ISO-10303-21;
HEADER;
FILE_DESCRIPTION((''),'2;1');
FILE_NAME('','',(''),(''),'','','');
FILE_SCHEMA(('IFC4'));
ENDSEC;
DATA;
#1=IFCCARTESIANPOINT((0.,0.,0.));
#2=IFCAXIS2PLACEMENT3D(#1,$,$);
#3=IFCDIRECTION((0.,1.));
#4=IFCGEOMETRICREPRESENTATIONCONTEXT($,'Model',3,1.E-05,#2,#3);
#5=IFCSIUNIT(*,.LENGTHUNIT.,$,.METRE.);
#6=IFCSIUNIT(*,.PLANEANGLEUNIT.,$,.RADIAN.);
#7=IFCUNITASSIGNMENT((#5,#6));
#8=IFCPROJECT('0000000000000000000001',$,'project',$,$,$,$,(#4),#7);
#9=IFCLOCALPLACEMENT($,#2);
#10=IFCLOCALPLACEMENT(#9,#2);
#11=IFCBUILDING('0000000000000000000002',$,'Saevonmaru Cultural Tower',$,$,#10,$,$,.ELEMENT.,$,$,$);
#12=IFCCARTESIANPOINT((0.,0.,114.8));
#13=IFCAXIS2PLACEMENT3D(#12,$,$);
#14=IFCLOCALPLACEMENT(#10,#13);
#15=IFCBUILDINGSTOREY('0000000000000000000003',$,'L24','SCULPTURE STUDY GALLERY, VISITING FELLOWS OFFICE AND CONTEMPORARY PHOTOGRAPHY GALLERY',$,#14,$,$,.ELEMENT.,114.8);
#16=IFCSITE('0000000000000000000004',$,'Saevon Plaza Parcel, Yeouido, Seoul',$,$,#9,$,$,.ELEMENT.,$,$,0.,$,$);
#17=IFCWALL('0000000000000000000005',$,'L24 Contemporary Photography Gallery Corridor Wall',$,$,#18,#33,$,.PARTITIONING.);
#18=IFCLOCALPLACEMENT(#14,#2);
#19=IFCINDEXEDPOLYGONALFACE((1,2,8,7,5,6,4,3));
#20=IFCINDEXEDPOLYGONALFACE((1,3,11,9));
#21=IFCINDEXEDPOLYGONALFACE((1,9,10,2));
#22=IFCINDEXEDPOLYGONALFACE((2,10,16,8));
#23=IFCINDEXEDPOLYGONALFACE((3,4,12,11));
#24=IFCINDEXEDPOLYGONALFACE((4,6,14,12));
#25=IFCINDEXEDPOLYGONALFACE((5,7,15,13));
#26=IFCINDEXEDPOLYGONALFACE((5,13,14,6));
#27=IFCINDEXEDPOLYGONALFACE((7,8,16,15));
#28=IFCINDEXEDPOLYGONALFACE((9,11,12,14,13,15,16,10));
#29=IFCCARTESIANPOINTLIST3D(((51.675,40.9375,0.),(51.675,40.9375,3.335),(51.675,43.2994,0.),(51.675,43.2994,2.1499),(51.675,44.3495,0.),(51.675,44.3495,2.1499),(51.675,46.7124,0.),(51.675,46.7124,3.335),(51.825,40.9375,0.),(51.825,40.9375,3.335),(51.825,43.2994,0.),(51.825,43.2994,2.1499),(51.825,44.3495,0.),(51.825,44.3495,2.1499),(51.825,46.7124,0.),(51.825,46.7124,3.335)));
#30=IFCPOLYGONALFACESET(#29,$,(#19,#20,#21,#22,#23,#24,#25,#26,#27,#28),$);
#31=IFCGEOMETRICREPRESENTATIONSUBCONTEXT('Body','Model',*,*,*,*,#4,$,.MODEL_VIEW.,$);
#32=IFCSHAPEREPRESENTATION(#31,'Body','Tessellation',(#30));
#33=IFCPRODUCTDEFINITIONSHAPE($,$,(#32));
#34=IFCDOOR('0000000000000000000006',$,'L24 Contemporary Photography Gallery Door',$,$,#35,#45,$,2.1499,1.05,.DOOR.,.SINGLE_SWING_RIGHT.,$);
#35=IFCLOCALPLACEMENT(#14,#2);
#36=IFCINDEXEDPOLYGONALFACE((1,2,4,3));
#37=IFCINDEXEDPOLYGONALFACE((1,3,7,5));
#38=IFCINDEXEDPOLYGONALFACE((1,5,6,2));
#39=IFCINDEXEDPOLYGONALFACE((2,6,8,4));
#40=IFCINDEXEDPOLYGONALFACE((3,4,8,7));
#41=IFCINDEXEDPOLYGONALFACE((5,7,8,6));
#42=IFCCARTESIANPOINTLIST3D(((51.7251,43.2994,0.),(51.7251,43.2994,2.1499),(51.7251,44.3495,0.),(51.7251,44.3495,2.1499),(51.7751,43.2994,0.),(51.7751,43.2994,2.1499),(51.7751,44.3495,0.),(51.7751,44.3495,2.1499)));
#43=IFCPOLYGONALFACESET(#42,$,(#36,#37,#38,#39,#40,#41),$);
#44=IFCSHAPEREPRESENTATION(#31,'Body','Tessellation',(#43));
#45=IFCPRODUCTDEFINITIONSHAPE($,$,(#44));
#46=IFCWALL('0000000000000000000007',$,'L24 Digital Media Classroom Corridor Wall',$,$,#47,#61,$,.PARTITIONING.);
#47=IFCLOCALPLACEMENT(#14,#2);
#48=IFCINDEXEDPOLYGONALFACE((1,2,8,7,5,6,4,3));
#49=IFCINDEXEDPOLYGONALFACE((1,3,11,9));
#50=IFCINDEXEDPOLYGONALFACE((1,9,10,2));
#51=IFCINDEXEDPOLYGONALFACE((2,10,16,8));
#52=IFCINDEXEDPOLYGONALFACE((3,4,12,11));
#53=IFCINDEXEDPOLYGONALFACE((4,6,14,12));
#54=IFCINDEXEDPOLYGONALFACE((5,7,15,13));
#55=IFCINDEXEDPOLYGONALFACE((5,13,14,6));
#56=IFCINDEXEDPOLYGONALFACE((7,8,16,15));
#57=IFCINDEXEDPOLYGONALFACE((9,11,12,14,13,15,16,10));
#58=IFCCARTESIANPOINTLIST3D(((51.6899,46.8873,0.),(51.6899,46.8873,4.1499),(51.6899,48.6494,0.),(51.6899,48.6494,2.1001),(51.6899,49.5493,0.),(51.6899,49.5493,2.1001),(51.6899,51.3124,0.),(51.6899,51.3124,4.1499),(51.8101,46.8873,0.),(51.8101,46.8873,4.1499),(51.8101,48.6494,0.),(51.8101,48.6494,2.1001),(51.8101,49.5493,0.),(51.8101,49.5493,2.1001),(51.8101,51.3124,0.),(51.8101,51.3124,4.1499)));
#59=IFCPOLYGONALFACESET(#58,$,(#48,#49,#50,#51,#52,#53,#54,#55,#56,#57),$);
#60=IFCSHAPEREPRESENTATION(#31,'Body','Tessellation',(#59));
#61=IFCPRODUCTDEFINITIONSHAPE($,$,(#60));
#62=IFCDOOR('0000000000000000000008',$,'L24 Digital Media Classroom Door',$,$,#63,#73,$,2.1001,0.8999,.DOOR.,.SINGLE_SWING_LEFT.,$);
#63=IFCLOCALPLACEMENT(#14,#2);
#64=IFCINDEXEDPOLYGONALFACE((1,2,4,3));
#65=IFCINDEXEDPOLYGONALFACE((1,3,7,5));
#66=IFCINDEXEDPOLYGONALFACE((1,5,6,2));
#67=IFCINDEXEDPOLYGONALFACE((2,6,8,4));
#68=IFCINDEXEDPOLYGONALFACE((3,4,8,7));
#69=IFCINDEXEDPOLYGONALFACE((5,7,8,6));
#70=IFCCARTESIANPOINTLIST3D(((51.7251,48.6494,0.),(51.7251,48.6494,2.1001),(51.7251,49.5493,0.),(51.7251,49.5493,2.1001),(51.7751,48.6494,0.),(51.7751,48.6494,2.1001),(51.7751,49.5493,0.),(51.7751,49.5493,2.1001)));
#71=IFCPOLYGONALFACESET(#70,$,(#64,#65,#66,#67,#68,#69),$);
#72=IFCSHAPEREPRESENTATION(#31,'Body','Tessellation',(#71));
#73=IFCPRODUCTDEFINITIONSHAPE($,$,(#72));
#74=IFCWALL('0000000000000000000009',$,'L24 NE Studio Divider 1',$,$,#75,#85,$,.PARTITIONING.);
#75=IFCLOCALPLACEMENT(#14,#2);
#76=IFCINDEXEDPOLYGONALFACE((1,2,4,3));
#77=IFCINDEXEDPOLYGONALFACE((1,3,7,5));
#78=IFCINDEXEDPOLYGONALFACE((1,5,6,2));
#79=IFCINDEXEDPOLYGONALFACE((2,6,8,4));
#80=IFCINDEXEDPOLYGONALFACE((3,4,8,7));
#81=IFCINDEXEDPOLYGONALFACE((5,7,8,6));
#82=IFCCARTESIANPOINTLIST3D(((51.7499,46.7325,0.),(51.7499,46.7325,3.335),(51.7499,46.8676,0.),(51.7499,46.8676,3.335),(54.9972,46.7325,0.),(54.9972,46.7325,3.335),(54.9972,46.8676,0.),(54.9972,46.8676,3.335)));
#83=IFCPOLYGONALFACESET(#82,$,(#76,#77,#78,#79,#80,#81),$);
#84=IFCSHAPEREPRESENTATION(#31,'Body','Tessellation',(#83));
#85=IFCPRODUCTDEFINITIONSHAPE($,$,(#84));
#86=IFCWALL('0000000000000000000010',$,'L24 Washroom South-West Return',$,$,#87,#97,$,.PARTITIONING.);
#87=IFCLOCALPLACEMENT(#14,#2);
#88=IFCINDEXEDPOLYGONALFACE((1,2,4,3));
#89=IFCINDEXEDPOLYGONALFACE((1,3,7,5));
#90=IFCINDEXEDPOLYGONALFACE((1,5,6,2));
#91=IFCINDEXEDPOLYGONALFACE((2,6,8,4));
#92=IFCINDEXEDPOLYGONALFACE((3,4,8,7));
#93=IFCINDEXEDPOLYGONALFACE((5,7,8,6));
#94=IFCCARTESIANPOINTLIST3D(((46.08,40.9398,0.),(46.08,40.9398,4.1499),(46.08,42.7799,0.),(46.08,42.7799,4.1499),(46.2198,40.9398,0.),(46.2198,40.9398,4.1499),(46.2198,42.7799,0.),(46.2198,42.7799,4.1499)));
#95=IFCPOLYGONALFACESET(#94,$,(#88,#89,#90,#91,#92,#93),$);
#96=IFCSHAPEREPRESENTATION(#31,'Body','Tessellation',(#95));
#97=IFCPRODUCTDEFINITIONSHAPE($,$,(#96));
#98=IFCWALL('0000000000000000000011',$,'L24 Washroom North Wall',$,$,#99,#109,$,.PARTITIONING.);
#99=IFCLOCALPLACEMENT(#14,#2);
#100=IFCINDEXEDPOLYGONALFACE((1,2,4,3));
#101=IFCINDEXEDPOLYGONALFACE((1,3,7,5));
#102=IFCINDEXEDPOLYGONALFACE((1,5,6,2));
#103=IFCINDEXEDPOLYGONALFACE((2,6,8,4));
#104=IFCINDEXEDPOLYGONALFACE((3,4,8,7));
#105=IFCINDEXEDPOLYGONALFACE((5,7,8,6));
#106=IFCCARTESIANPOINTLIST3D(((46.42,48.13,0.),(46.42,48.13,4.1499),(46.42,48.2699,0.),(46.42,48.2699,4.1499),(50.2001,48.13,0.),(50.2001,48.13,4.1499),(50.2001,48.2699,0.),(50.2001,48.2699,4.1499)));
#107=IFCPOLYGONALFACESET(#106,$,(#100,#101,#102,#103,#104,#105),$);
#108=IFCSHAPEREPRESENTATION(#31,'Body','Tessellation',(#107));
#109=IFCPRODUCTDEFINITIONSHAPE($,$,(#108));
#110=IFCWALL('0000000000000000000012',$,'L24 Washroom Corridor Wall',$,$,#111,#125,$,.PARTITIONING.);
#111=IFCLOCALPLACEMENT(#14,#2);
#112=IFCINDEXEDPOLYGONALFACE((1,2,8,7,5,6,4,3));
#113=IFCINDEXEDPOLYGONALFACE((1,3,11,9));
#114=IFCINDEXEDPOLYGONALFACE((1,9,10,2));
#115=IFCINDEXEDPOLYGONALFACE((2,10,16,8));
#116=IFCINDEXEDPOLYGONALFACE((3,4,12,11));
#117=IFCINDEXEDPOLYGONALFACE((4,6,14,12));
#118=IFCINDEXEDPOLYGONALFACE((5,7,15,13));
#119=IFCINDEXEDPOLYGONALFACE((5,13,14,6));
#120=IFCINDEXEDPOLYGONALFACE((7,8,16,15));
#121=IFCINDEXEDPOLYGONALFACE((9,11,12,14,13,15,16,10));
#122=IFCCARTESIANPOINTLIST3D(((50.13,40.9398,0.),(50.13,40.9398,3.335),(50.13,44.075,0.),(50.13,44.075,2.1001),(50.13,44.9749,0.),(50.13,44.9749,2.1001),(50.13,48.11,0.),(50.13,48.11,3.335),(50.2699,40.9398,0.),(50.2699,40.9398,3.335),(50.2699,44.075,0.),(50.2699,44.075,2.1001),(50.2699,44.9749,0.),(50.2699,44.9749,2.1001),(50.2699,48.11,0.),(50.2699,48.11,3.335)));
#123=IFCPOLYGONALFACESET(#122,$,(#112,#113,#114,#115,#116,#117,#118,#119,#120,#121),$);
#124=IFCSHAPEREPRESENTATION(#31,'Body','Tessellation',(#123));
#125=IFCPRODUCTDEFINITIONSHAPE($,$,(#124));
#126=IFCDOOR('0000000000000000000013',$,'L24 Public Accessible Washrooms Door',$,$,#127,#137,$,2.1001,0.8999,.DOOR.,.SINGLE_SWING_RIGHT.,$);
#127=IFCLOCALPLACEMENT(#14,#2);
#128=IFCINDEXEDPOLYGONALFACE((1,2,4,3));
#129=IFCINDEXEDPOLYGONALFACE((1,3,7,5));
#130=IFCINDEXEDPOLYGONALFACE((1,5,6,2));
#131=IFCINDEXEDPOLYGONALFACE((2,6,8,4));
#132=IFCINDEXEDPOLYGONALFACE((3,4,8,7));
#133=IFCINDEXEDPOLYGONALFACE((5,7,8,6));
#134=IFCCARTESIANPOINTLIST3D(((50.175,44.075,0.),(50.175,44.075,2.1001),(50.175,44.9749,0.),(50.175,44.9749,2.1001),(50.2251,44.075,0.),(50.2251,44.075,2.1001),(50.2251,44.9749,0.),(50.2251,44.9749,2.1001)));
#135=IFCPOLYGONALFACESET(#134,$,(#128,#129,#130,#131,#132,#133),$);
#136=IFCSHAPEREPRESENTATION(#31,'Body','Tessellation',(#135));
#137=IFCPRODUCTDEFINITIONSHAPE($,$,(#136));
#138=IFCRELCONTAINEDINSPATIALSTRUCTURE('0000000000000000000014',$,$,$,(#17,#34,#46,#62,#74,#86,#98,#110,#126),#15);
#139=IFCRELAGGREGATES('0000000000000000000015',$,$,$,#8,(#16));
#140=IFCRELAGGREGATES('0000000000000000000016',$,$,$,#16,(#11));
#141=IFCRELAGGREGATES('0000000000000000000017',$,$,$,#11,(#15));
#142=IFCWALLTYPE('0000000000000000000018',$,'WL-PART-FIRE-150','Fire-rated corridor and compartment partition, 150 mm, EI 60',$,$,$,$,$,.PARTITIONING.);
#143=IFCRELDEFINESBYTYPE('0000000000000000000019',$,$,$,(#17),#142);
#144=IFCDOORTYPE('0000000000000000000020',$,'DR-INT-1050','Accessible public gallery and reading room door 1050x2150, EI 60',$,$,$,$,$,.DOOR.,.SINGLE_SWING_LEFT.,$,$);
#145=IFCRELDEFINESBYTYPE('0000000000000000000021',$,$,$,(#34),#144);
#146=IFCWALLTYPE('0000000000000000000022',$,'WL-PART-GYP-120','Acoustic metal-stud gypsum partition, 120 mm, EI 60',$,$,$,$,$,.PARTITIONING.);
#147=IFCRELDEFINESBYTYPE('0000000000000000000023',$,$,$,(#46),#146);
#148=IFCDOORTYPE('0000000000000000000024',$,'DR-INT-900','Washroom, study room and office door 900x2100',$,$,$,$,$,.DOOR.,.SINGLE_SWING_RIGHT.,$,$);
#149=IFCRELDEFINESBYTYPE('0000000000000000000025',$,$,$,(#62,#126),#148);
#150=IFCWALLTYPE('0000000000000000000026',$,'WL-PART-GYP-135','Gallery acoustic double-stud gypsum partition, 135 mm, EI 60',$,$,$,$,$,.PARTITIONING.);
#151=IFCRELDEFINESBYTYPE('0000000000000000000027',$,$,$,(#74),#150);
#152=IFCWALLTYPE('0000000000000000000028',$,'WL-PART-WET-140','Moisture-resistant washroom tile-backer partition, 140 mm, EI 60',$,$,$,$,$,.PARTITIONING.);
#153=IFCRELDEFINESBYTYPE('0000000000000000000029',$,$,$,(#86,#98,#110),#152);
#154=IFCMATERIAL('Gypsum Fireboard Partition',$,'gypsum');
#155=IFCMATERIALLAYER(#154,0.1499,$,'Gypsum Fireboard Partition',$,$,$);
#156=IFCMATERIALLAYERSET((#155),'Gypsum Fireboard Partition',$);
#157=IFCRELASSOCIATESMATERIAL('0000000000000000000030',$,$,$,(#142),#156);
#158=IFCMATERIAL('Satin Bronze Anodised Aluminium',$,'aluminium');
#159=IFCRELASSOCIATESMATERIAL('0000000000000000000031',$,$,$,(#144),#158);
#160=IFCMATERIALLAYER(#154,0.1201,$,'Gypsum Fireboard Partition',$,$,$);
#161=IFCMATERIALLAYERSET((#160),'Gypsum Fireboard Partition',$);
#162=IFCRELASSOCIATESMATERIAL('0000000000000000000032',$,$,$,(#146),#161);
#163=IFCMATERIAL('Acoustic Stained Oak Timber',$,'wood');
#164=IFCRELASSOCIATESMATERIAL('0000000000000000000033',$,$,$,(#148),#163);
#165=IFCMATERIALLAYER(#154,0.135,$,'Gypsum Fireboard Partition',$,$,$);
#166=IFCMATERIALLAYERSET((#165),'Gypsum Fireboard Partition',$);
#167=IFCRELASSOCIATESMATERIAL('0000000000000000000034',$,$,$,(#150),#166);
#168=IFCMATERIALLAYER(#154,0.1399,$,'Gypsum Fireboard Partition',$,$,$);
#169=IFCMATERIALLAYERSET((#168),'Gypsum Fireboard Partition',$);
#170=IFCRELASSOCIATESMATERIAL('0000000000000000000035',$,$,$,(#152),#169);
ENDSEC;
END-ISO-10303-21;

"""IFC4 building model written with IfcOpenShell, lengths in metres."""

from ifc_helpers import new_model, si_unit, direction, frame, frame_2d, origin, place, context, subcontext, project, spatial, rectangle, extrude, material, layer, layer_set, type_object, element, fill, save


model = new_model("IFC4")

# Units and contexts
model_context = context("Model", 3, precision=1e-05, world=origin(), true_north=direction((0.0, 1.0)))
body_context = subcontext(model_context, "Body", "Model", "MODEL_VIEW")
ifc_project = project(units=[si_unit("LENGTHUNIT", "METRE"), si_unit("PLANEANGLEUNIT", "RADIAN")], contexts=[model_context])

# Site, building, storey
site_placement = place(None, origin())
site = spatial("IfcSite", under=ifc_project, at=site_placement, Name="Saevon Plaza Parcel, Yeouido, Seoul", CompositionType="ELEMENT", RefElevation=0.0)
building_placement = place(site_placement, origin())
building = spatial("IfcBuilding", under=site, at=building_placement, Name="Saevonmaru Cultural Tower", CompositionType="ELEMENT")
storey_placement = place(building_placement, frame((0.0, 0.0, 114.8)))
storey = spatial("IfcBuildingStorey", under=building, at=storey_placement, Name="L24", Description="SCULPTURE STUDY GALLERY, VISITING FELLOWS OFFICE AND CONTEMPORARY PHOTOGRAPHY GALLERY", CompositionType="ELEMENT", Elevation=114.8)

# Shared definitions
ifc_material_1 = material(Name="Satin Bronze Anodised Aluminium", Category="aluminium")

# Walls, openings, doors
ifc_material_2 = material(Name="Gypsum Fireboard Partition", Category="gypsum")
ifc_layer_1 = layer(ifc_material_2, 0.1499, Name="Gypsum Fireboard Partition")
ifc_layer_set_1 = layer_set([ifc_layer_1], Name="Gypsum Fireboard Partition")
wall_type_1 = type_object("IfcWallType", Name="WL-PART-FIRE-150", Description="Fire-rated corridor and compartment partition, 150 mm, EI 60", PredefinedType="PARTITIONING", material=ifc_layer_set_1)
wall_1_placement = place(storey_placement, frame((51.75, 40.9375, 0.0), z_axis=(0.0, 0.0, 1.0), x_axis=(0.0, 1.0, 0.0)))
wall_1 = element("IfcWall", 1, at=wall_1_placement, inside=storey, type_object=wall_type_1, Name="L24 Contemporary Photography Gallery Corridor Wall", PredefinedType="PARTITIONING", context=body_context, shape_type="SweptSolid", body=[
    extrude(rectangle(XDim=5.7749, YDim=0.1499, at=frame_2d((2.8875, 0.0))), origin(), (0.0, 0.0, 1.0), 3.335),
])
opening_1_placement = place(wall_1_placement, frame((2.3621, 0.0, 0.0)))
opening_1 = element("IfcOpeningElement", 2, at=opening_1_placement, cuts=wall_1, PredefinedType="OPENING", context=body_context, shape_type="SweptSolid", body=[
    extrude(rectangle(XDim=1.05, YDim=2.1499, at=frame_2d((0.5249, 1.075))), frame((0.0, 0.085, 0.0), z_axis=(0.0, -1.0, 0.0), x_axis=(1.0, 0.0, 0.0)), (0.0, 0.0, 1.0), 0.1699),
])
door_type_1 = type_object("IfcDoorType", Name="DR-INT-1050", Description="Accessible public gallery and reading room door 1050x2150, EI 60", OperationType="SINGLE_SWING_LEFT", PredefinedType="DOOR", material=ifc_material_1)
door_1_placement = place(opening_1_placement, origin())
door_1 = element("IfcDoor", 3, at=door_1_placement, inside=storey, type_object=door_type_1, Name="L24 Contemporary Photography Gallery Door", OperationType="SINGLE_SWING_RIGHT", OverallHeight=2.1499, OverallWidth=1.05, PredefinedType="DOOR", context=body_context, shape_type="SweptSolid", body=[
    extrude(rectangle(XDim=1.05, YDim=2.1499, at=frame_2d((0.5249, 1.075))), frame((0.0, 0.0249, 0.0), z_axis=(0.0, -1.0, 0.0), x_axis=(1.0, 0.0, 0.0)), (0.0, 0.0, 1.0), 0.05),
])
fill(opening_1, door_1)
ifc_layer_2 = layer(ifc_material_2, 0.1201, Name="Gypsum Fireboard Partition")
ifc_layer_set_2 = layer_set([ifc_layer_2], Name="Gypsum Fireboard Partition")
wall_type_2 = type_object("IfcWallType", Name="WL-PART-GYP-120", Description="Acoustic metal-stud gypsum partition, 120 mm, EI 60", PredefinedType="PARTITIONING", material=ifc_layer_set_2)
wall_2_placement = place(storey_placement, frame((51.75, 46.8875, 0.0), z_axis=(0.0, 0.0, 1.0), x_axis=(0.0, 1.0, 0.0)))
wall_2 = element("IfcWall", 4, at=wall_2_placement, inside=storey, type_object=wall_type_2, Name="L24 Digital Media Classroom Corridor Wall", PredefinedType="PARTITIONING", context=body_context, shape_type="SweptSolid", body=[
    extrude(rectangle(XDim=4.425, YDim=0.1201, at=frame_2d((2.2124, 0.0))), origin(), (0.0, 0.0, 1.0), 4.1499),
])
opening_2_placement = place(wall_2_placement, frame((1.762, 0.0, 0.0)))
opening_2 = element("IfcOpeningElement", 5, at=opening_2_placement, cuts=wall_2, PredefinedType="OPENING", context=body_context, shape_type="SweptSolid", body=[
    extrude(rectangle(XDim=0.8999, YDim=2.1001, at=frame_2d((0.45, 1.05))), frame((0.0, 0.0701, 0.0), z_axis=(0.0, -1.0, 0.0), x_axis=(1.0, 0.0, 0.0)), (0.0, 0.0, 1.0), 0.1401),
])
ifc_material_3 = material(Name="Acoustic Stained Oak Timber", Category="wood")
door_type_2 = type_object("IfcDoorType", Name="DR-INT-900", Description="Washroom, study room and office door 900x2100", OperationType="SINGLE_SWING_RIGHT", PredefinedType="DOOR", material=ifc_material_3)
door_2_placement = place(opening_2_placement, origin())
door_2 = element("IfcDoor", 6, at=door_2_placement, inside=storey, type_object=door_type_2, Name="L24 Digital Media Classroom Door", OperationType="SINGLE_SWING_LEFT", OverallHeight=2.1001, OverallWidth=0.8999, PredefinedType="DOOR", context=body_context, shape_type="SweptSolid", body=[
    extrude(rectangle(XDim=0.8999, YDim=2.1001, at=frame_2d((0.45, 1.05))), frame((0.0, 0.0249, 0.0), z_axis=(0.0, -1.0, 0.0), x_axis=(1.0, 0.0, 0.0)), (0.0, 0.0, 1.0), 0.05),
])
fill(opening_2, door_2)

# Walls
ifc_layer_3 = layer(ifc_material_2, 0.135, Name="Gypsum Fireboard Partition")
ifc_layer_set_3 = layer_set([ifc_layer_3], Name="Gypsum Fireboard Partition")
wall_type_3 = type_object("IfcWallType", Name="WL-PART-GYP-135", Description="Gallery acoustic double-stud gypsum partition, 135 mm, EI 60", PredefinedType="PARTITIONING", material=ifc_layer_set_3)
wall_3_placement = place(storey_placement, frame((51.75, 46.8, 0.0), z_axis=(0.0, 0.0, 1.0), x_axis=(1.0, 0.0, 0.0)))
element("IfcWall", 7, at=wall_3_placement, inside=storey, type_object=wall_type_3, Name="L24 NE Studio Divider 1", PredefinedType="PARTITIONING", context=body_context, shape_type="SweptSolid", body=[
    extrude(rectangle(XDim=3.2473, YDim=0.135, at=frame_2d((1.6235, 0.0))), origin(), (0.0, 0.0, 1.0), 3.335),
])
ifc_layer_4 = layer(ifc_material_2, 0.1399, Name="Gypsum Fireboard Partition")
ifc_layer_set_4 = layer_set([ifc_layer_4], Name="Gypsum Fireboard Partition")
wall_type_4 = type_object("IfcWallType", Name="WL-PART-WET-140", Description="Moisture-resistant washroom tile-backer partition, 140 mm, EI 60", PredefinedType="PARTITIONING", material=ifc_layer_set_4)
wall_4_placement = place(storey_placement, frame((46.1499, 40.9399, 0.0), z_axis=(0.0, 0.0, 1.0), x_axis=(0.0, 1.0, 0.0)))
element("IfcWall", 8, at=wall_4_placement, inside=storey, type_object=wall_type_4, Name="L24 Washroom South-West Return", PredefinedType="PARTITIONING", context=body_context, shape_type="SweptSolid", body=[
    extrude(rectangle(XDim=1.8401, YDim=0.1399, at=frame_2d((0.9199, 0.0))), origin(), (0.0, 0.0, 1.0), 4.1499),
])
wall_5_placement = place(storey_placement, frame((46.4199, 48.2, 0.0), z_axis=(0.0, 0.0, 1.0), x_axis=(1.0, 0.0, 0.0)))
element("IfcWall", 9, at=wall_5_placement, inside=storey, type_object=wall_type_4, Name="L24 Washroom North Wall", PredefinedType="PARTITIONING", context=body_context, shape_type="SweptSolid", body=[
    extrude(rectangle(XDim=3.78, YDim=0.1399, at=frame_2d((1.8901, 0.0))), origin(), (0.0, 0.0, 1.0), 4.1499),
])

# Wall, opening, door
wall_6_placement = place(storey_placement, frame((50.2, 40.9399, 0.0), z_axis=(0.0, 0.0, 1.0), x_axis=(0.0, 1.0, 0.0)))
wall_6 = element("IfcWall", 10, at=wall_6_placement, inside=storey, type_object=wall_type_4, Name="L24 Washroom Corridor Wall", PredefinedType="PARTITIONING", context=body_context, shape_type="SweptSolid", body=[
    extrude(rectangle(XDim=7.1702, YDim=0.1399, at=frame_2d((3.585, 0.0))), origin(), (0.0, 0.0, 1.0), 3.335),
])
opening_3_placement = place(wall_6_placement, frame((3.135, 0.0, 0.0)))
opening_3 = element("IfcOpeningElement", 11, at=opening_3_placement, cuts=wall_6, PredefinedType="OPENING", context=body_context, shape_type="SweptSolid", body=[
    extrude(rectangle(XDim=0.8999, YDim=2.1001, at=frame_2d((0.45, 1.05))), frame((0.0, 0.0801, 0.0), z_axis=(0.0, -1.0, 0.0), x_axis=(1.0, 0.0, 0.0)), (0.0, 0.0, 1.0), 0.1599),
])
door_3_placement = place(opening_3_placement, origin())
door_3 = element("IfcDoor", 12, at=door_3_placement, inside=storey, type_object=door_type_2, Name="L24 Public Accessible Washrooms Door", OperationType="SINGLE_SWING_RIGHT", OverallHeight=2.1001, OverallWidth=0.8999, PredefinedType="DOOR", context=body_context, shape_type="SweptSolid", body=[
    extrude(rectangle(XDim=0.8999, YDim=2.1001, at=frame_2d((0.45, 1.05))), frame((0.0, 0.0249, 0.0), z_axis=(0.0, -1.0, 0.0), x_axis=(1.0, 0.0, 0.0)), (0.0, 0.0, 1.0), 0.05),
])
fill(opening_3, door_3)

save(model, "model.ifc")
